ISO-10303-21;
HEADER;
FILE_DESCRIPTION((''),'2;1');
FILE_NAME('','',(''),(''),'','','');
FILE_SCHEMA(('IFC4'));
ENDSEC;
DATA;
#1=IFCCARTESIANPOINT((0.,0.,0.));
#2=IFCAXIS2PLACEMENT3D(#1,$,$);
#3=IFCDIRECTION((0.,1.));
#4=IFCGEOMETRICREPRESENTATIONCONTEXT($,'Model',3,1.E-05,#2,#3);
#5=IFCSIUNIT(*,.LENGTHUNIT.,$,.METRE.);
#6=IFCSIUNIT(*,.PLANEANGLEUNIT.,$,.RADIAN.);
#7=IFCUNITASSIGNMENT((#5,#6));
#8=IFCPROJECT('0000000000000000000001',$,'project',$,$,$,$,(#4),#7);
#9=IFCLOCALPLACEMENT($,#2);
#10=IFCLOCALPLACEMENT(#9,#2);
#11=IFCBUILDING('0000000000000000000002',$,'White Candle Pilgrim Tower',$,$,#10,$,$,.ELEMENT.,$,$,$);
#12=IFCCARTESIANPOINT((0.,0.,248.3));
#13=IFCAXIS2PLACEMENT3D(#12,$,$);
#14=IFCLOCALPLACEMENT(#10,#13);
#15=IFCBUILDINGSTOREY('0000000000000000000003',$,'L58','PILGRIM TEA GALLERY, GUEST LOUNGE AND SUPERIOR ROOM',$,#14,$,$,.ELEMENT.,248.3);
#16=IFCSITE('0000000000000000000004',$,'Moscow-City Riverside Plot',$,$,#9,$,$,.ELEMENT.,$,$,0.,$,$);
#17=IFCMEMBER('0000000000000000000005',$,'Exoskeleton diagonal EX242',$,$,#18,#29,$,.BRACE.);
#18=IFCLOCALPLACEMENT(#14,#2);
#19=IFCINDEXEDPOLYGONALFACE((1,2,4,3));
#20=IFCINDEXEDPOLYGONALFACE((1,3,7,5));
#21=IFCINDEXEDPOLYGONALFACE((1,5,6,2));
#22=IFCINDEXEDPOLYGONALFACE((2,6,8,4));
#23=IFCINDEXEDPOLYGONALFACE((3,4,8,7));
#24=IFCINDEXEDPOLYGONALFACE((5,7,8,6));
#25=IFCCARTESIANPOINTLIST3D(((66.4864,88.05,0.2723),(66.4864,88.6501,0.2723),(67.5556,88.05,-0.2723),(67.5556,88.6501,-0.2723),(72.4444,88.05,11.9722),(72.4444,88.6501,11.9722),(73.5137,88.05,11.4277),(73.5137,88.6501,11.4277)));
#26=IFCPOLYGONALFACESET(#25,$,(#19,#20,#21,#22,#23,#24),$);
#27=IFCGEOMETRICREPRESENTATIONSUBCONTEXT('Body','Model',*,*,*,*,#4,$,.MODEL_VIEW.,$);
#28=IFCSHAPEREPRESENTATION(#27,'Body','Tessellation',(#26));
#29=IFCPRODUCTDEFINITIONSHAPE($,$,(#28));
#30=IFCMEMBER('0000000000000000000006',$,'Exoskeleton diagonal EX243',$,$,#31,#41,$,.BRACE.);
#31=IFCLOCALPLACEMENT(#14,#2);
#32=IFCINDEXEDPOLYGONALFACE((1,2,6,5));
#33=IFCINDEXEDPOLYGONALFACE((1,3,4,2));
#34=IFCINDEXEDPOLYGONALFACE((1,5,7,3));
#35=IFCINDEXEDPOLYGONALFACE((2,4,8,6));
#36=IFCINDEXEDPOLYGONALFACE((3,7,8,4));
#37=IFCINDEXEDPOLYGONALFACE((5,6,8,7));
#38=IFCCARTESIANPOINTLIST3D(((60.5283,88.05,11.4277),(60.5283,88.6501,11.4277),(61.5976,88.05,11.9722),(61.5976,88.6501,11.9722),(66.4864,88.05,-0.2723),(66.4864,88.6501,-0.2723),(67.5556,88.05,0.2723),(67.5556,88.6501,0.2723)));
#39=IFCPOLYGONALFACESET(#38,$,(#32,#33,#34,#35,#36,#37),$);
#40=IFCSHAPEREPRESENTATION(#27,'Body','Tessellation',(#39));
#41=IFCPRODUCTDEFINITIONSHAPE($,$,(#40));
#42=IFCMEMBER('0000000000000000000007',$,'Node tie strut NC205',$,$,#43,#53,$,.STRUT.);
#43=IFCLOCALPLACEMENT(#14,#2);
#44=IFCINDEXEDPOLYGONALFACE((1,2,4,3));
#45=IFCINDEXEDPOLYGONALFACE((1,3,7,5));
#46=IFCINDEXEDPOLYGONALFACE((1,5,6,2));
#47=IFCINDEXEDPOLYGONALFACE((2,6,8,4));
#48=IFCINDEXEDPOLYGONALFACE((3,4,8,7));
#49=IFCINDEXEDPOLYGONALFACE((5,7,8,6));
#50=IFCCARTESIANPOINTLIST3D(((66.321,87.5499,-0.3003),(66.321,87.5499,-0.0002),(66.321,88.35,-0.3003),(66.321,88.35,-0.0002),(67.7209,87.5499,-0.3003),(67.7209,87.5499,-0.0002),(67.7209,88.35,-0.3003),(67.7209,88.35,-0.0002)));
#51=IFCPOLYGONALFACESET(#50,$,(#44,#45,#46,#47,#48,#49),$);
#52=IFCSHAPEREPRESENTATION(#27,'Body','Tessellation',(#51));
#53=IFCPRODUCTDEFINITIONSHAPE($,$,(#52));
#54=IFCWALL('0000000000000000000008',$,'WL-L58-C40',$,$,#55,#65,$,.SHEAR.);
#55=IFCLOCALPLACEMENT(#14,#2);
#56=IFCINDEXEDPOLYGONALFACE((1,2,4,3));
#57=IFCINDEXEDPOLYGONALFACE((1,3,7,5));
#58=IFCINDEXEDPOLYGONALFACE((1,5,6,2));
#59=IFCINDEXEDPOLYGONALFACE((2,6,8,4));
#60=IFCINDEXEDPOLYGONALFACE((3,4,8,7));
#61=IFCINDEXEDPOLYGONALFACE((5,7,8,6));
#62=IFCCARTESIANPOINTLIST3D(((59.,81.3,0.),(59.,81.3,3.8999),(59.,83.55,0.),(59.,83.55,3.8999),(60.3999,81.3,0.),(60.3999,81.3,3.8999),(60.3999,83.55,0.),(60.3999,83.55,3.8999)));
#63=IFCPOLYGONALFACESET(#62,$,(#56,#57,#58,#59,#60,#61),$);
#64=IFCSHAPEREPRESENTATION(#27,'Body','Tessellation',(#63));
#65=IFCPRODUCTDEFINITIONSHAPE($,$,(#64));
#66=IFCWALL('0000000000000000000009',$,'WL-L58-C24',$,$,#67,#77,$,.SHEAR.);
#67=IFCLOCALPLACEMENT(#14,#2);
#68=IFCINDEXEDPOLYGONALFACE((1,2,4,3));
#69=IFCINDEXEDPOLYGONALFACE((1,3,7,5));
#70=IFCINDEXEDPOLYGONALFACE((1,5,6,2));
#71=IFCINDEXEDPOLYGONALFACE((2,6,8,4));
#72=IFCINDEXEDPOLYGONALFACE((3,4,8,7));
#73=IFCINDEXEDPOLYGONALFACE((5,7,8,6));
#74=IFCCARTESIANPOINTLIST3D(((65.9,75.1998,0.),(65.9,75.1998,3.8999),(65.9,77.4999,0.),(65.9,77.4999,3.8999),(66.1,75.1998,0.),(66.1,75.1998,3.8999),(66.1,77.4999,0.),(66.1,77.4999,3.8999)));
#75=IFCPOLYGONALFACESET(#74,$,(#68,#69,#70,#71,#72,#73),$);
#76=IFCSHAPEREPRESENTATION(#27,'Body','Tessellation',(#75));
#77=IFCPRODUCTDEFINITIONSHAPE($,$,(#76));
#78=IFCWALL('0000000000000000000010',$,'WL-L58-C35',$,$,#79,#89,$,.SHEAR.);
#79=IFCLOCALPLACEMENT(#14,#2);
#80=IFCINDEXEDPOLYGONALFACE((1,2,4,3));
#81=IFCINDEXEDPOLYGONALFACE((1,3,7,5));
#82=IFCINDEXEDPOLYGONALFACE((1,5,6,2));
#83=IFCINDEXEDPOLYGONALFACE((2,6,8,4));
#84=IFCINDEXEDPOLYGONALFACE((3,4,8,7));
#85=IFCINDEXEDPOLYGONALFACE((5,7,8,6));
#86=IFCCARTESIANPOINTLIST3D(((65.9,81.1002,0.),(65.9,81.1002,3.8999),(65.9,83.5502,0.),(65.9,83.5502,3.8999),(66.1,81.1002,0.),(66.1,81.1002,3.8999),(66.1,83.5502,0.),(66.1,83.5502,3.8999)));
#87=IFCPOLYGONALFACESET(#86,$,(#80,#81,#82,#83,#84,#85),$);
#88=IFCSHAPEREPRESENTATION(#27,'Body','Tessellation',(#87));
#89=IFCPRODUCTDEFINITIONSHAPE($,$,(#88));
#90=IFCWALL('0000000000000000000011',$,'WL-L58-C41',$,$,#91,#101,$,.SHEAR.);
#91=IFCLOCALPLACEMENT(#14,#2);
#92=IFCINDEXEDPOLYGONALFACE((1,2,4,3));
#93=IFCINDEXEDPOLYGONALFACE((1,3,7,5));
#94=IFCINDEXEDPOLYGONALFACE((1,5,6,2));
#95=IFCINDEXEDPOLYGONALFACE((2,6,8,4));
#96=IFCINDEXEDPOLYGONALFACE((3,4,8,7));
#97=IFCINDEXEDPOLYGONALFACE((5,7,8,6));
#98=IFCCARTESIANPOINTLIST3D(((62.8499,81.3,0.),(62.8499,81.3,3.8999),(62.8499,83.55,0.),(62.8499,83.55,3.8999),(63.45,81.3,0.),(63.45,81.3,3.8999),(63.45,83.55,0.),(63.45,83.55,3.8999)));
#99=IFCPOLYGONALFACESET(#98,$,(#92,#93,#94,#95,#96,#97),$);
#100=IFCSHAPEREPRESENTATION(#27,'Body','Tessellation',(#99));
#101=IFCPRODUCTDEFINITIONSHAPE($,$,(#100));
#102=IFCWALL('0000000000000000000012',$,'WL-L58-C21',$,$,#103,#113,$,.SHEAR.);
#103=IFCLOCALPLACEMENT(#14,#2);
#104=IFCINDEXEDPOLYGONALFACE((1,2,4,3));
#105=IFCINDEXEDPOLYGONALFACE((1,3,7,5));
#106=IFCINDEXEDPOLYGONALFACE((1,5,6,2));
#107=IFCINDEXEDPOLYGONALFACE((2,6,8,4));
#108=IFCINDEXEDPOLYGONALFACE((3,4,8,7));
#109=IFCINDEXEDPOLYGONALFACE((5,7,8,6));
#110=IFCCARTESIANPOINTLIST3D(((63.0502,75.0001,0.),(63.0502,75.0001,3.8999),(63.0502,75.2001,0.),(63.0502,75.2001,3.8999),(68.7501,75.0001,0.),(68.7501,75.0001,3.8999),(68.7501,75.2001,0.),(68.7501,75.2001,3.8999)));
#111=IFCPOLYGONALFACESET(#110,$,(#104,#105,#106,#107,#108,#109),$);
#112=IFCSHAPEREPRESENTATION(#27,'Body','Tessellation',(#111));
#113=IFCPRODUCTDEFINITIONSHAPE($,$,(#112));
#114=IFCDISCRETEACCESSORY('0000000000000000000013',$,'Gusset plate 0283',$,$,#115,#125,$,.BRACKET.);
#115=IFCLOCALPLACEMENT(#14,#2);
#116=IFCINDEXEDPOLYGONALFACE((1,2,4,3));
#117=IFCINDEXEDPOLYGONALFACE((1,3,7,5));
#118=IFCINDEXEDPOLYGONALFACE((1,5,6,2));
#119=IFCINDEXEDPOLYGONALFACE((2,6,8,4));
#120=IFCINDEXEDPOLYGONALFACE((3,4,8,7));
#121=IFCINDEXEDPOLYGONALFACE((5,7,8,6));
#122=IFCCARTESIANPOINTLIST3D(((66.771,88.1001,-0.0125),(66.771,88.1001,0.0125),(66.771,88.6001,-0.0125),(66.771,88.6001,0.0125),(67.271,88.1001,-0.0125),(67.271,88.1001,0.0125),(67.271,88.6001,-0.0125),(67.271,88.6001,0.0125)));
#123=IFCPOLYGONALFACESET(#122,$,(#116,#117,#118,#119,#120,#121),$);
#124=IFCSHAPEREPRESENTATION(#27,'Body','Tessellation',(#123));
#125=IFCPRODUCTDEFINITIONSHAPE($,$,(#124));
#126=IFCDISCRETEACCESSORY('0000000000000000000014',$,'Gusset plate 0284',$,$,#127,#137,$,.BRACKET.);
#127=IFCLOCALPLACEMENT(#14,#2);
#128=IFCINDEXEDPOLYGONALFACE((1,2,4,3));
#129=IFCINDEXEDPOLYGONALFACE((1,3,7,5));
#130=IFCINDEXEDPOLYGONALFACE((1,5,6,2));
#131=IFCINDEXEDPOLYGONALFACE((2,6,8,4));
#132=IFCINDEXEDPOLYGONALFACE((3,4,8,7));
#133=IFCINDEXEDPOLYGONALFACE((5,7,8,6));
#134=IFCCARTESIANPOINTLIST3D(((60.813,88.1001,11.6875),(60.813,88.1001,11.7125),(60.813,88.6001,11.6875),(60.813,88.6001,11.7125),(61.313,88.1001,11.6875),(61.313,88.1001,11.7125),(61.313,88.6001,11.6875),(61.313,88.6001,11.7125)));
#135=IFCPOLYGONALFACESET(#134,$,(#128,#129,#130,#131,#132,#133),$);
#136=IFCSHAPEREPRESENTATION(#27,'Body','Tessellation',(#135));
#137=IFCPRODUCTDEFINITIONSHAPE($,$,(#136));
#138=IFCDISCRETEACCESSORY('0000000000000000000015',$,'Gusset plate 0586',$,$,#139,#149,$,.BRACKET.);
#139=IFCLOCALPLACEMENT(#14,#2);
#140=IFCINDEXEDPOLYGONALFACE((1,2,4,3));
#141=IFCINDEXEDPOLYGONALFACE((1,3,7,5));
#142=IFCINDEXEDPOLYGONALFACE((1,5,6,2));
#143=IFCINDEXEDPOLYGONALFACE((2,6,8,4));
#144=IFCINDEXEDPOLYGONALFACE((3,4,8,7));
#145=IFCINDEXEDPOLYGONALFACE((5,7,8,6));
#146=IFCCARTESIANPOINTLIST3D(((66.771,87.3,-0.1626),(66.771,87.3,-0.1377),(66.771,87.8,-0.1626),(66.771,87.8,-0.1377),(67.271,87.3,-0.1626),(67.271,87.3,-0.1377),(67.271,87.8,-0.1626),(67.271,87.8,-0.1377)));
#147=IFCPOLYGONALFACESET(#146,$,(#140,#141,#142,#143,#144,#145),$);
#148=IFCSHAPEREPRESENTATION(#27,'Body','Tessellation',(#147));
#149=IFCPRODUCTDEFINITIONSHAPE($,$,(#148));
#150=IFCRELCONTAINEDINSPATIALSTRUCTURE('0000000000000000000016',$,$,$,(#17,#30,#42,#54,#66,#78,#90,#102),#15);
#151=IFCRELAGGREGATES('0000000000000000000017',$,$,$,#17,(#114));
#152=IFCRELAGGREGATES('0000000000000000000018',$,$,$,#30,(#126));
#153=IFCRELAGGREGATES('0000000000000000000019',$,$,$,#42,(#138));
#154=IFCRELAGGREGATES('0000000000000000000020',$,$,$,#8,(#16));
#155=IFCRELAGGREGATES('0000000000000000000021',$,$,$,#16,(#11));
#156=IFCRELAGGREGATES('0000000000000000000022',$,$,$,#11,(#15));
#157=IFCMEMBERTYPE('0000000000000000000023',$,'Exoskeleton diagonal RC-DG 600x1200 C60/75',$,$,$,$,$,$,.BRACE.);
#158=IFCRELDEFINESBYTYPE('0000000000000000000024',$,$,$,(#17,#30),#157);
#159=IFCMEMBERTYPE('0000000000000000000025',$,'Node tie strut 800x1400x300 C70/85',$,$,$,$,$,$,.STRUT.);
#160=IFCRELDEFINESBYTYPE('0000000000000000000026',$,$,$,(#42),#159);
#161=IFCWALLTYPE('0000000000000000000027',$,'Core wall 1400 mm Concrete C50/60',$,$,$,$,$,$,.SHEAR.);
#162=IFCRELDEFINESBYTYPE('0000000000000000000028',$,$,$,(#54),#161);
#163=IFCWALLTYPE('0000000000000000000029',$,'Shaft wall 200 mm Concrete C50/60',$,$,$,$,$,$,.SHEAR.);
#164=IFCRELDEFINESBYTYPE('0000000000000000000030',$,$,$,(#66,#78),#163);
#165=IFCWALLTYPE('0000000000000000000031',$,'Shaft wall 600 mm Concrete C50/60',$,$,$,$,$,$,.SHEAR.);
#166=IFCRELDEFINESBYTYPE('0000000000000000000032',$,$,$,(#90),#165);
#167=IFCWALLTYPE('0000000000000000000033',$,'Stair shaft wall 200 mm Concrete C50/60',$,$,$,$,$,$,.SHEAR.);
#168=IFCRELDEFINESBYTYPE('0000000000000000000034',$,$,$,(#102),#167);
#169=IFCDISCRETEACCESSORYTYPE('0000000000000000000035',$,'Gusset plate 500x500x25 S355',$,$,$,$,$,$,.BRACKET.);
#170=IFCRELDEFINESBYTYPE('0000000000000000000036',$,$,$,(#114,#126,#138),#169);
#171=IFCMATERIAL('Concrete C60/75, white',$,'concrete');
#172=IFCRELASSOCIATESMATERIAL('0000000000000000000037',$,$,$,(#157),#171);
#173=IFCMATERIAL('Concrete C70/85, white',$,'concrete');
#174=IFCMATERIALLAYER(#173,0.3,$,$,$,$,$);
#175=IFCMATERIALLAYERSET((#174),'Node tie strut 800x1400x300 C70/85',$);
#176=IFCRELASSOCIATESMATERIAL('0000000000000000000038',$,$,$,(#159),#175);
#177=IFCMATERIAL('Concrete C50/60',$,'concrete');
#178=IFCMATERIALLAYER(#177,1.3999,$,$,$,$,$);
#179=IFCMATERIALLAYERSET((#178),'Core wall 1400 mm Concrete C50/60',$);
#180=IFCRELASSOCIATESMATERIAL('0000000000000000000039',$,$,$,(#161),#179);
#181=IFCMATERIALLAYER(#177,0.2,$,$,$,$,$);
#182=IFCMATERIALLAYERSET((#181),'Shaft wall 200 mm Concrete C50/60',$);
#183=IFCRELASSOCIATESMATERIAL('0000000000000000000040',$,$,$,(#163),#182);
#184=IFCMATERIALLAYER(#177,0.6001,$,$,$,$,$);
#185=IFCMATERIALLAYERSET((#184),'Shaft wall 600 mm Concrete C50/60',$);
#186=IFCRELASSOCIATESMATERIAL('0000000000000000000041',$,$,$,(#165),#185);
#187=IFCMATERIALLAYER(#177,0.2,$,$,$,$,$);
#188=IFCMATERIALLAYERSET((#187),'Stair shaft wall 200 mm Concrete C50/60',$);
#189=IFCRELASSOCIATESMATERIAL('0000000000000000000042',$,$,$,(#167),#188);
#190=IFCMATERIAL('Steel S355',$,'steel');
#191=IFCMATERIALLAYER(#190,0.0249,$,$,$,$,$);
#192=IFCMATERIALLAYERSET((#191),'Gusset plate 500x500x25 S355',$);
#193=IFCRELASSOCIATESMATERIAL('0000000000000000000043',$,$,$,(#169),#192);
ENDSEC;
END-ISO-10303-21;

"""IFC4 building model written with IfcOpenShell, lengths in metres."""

from ifc_helpers import new_model, si_unit, direction, frame, frame_2d, origin, origin_2d, place, context, subcontext, project, spatial, rectangle, extrude, material, layer, layer_set, material_profile, profile_set, type_object, element, aggregate, save


model = new_model("IFC4")

# Units and contexts
model_context = context("Model", 3, precision=1e-05, world=origin(), true_north=direction((0.0, 1.0)))
body_context = subcontext(model_context, "Body", "Model", "MODEL_VIEW")
ifc_project = project(units=[si_unit("LENGTHUNIT", "METRE"), si_unit("PLANEANGLEUNIT", "RADIAN")], contexts=[model_context])

# Site, building, storey
site_placement = place(None, origin())
site = spatial("IfcSite", under=ifc_project, at=site_placement, Name="Moscow-City Riverside Plot", CompositionType="ELEMENT", RefElevation=0.0)
building_placement = place(site_placement, origin())
building = spatial("IfcBuilding", under=site, at=building_placement, Name="White Candle Pilgrim Tower", CompositionType="ELEMENT")
storey_placement = place(building_placement, frame((0.0, 0.0, 248.3)))
storey = spatial("IfcBuildingStorey", under=building, at=storey_placement, Name="L58", Description="PILGRIM TEA GALLERY, GUEST LOUNGE AND SUPERIOR ROOM", CompositionType="ELEMENT", Elevation=248.3)

# Members
ifc_material_1 = material(Name="Concrete C60/75, white", Category="concrete")
ifc_material_profile = material_profile(ifc_material_1, rectangle(XDim=0.6001, YDim=1.2, at=origin_2d()), Name="RC-DG 600x1200")
ifc_profile_set = profile_set([ifc_material_profile], Name="Concrete C60/75, white")
member_type_1 = type_object("IfcMemberType", Name="Exoskeleton diagonal RC-DG 600x1200 C60/75", PredefinedType="BRACE", material=ifc_profile_set)
member_1_placement = place(storey_placement, frame((67.021, 88.3501, 0.0), z_axis=(0.453784, 0.0, 0.891112), x_axis=(0.0, 1.0, 0.0)))
member_1 = element("IfcMember", 1, at=member_1_placement, inside=storey, type_object=member_type_1, Name="Exoskeleton diagonal EX242", PredefinedType="BRACE", context=body_context, shape_type="SweptSolid", body=[
    extrude(rectangle(XDim=0.6001, YDim=1.2, at=origin_2d()), origin(), (0.0, 0.0, 1.0), 13.1296),
])
member_2_placement = place(storey_placement, frame((67.021, 88.3501, 0.0), z_axis=(-0.453784, 0.0, 0.891112), x_axis=(0.0, -1.0, 0.0)))
member_2 = element("IfcMember", 2, at=member_2_placement, inside=storey, type_object=member_type_1, Name="Exoskeleton diagonal EX243", PredefinedType="BRACE", context=body_context, shape_type="SweptSolid", body=[
    extrude(rectangle(XDim=0.6001, YDim=1.2, at=origin_2d()), origin(), (0.0, 0.0, 1.0), 13.1296),
])
ifc_material_2 = material(Name="Concrete C70/85, white", Category="concrete")
ifc_layer_1 = layer(ifc_material_2, 0.3)
ifc_layer_set_1 = layer_set([ifc_layer_1], Name="Node tie strut 800x1400x300 C70/85")
member_type_2 = type_object("IfcMemberType", Name="Node tie strut 800x1400x300 C70/85", PredefinedType="STRUT", material=ifc_layer_set_1)
member_3_placement = place(storey_placement, frame((67.021, 87.95, -0.3003), z_axis=(0.0, 0.0, 1.0), x_axis=(-1.0, 0.0, 0.0)))
member_3 = element("IfcMember", 3, at=member_3_placement, inside=storey, type_object=member_type_2, Name="Node tie strut NC205", PredefinedType="STRUT", context=body_context, shape_type="SweptSolid", body=[
    extrude(rectangle(XDim=1.3999, YDim=0.8, at=origin_2d()), origin(), (0.0, 0.0, 1.0), 0.3),
])

# Walls
ifc_material_3 = material(Name="Concrete C50/60", Category="concrete")
ifc_layer_2 = layer(ifc_material_3, 1.3999)
ifc_layer_set_2 = layer_set([ifc_layer_2], Name="Core wall 1400 mm Concrete C50/60")
wall_type_1 = type_object("IfcWallType", Name="Core wall 1400 mm Concrete C50/60", PredefinedType="SHEAR", material=ifc_layer_set_2)
wall_1_placement = place(storey_placement, frame((59.7, 81.3, 0.0), z_axis=(0.0, 0.0, 1.0), x_axis=(0.0, 1.0, 0.0)))
element("IfcWall", 4, at=wall_1_placement, inside=storey, type_object=wall_type_1, Name="WL-L58-C40", PredefinedType="SHEAR", context=body_context, shape_type="SweptSolid", body=[
    extrude(rectangle(XDim=2.25, YDim=1.3999, at=frame_2d((1.125, 0.0))), origin(), (0.0, 0.0, 1.0), 3.8999),
])
ifc_layer_3 = layer(ifc_material_3, 0.2)
ifc_layer_set_3 = layer_set([ifc_layer_3], Name="Shaft wall 200 mm Concrete C50/60")
wall_type_2 = type_object("IfcWallType", Name="Shaft wall 200 mm Concrete C50/60", PredefinedType="SHEAR", material=ifc_layer_set_3)
wall_2_placement = place(storey_placement, frame((66.0, 75.2, 0.0), z_axis=(0.0, 0.0, 1.0), x_axis=(0.0, 1.0, 0.0)))
element("IfcWall", 5, at=wall_2_placement, inside=storey, type_object=wall_type_2, Name="WL-L58-C24", PredefinedType="SHEAR", context=body_context, shape_type="SweptSolid", body=[
    extrude(rectangle(XDim=2.3, YDim=0.2, at=frame_2d((1.1499, 0.0))), origin(), (0.0, 0.0, 1.0), 3.8999),
])
wall_3_placement = place(storey_placement, frame((66.0, 81.1001, 0.0), z_axis=(0.0, 0.0, 1.0), x_axis=(0.0, 1.0, 0.0)))
element("IfcWall", 6, at=wall_3_placement, inside=storey, type_object=wall_type_2, Name="WL-L58-C35", PredefinedType="SHEAR", context=body_context, shape_type="SweptSolid", body=[
    extrude(rectangle(XDim=2.45, YDim=0.2, at=frame_2d((1.2251, 0.0))), origin(), (0.0, 0.0, 1.0), 3.8999),
])
ifc_layer_4 = layer(ifc_material_3, 0.6001)
ifc_layer_set_4 = layer_set([ifc_layer_4], Name="Shaft wall 600 mm Concrete C50/60")
wall_type_3 = type_object("IfcWallType", Name="Shaft wall 600 mm Concrete C50/60", PredefinedType="SHEAR", material=ifc_layer_set_4)
wall_4_placement = place(storey_placement, frame((63.1499, 81.3, 0.0), z_axis=(0.0, 0.0, 1.0), x_axis=(0.0, 1.0, 0.0)))
element("IfcWall", 7, at=wall_4_placement, inside=storey, type_object=wall_type_3, Name="WL-L58-C41", PredefinedType="SHEAR", context=body_context, shape_type="SweptSolid", body=[
    extrude(rectangle(XDim=2.25, YDim=0.6001, at=frame_2d((1.125, 0.0))), origin(), (0.0, 0.0, 1.0), 3.8999),
])
ifc_layer_5 = layer(ifc_material_3, 0.2)
ifc_layer_set_5 = layer_set([ifc_layer_5], Name="Stair shaft wall 200 mm Concrete C50/60")
wall_type_4 = type_object("IfcWallType", Name="Stair shaft wall 200 mm Concrete C50/60", PredefinedType="SHEAR", material=ifc_layer_set_5)
wall_5_placement = place(storey_placement, frame((63.05, 75.1001, 0.0), z_axis=(0.0, 0.0, 1.0), x_axis=(1.0, 0.0, 0.0)))
element("IfcWall", 8, at=wall_5_placement, inside=storey, type_object=wall_type_4, Name="WL-L58-C21", PredefinedType="SHEAR", context=body_context, shape_type="SweptSolid", body=[
    extrude(rectangle(XDim=5.7, YDim=0.2, at=frame_2d((2.8501, 0.0))), origin(), (0.0, 0.0, 1.0), 3.8999),
])

# Discrete accessories
ifc_material_4 = material(Name="Steel S355", Category="steel")
ifc_layer_6 = layer(ifc_material_4, 0.0249)
ifc_layer_set_6 = layer_set([ifc_layer_6], Name="Gusset plate 500x500x25 S355")
discrete_accessory_type = type_object("IfcDiscreteAccessoryType", Name="Gusset plate 500x500x25 S355", PredefinedType="BRACKET", material=ifc_layer_set_6)
discrete_accessory_1_placement = place(storey_placement, frame((67.021, 88.3501, -0.0125), z_axis=(0.0, 0.0, 1.0), x_axis=(1.0, 0.0, 0.0)))
discrete_accessory_1 = element("IfcDiscreteAccessory", 9, at=discrete_accessory_1_placement, type_object=discrete_accessory_type, Name="Gusset plate 0283", PredefinedType="BRACKET", context=body_context, shape_type="SweptSolid", body=[
    extrude(rectangle(XDim=0.5, YDim=0.5, at=origin_2d()), origin(), (0.0, 0.0, 1.0), 0.0249),
])
aggregate(member_1, [discrete_accessory_1])
placement = place(building_placement, frame((0.0, 0.0, 260.0)))
discrete_accessory_2_placement = place(placement, frame((61.063, 88.3501, -0.0125), z_axis=(0.0, 0.0, 1.0), x_axis=(1.0, 0.0, 0.0)))
discrete_accessory_2 = element("IfcDiscreteAccessory", 10, at=discrete_accessory_2_placement, type_object=discrete_accessory_type, Name="Gusset plate 0284", PredefinedType="BRACKET", context=body_context, shape_type="SweptSolid", body=[
    extrude(rectangle(XDim=0.5, YDim=0.5, at=origin_2d()), origin(), (0.0, 0.0, 1.0), 0.0249),
])
aggregate(member_2, [discrete_accessory_2])
discrete_accessory_3_placement = place(storey_placement, frame((67.021, 87.55, -0.1626), z_axis=(0.0, 0.0, 1.0), x_axis=(1.0, 0.0, 0.0)))
discrete_accessory_3 = element("IfcDiscreteAccessory", 11, at=discrete_accessory_3_placement, type_object=discrete_accessory_type, Name="Gusset plate 0586", PredefinedType="BRACKET", context=body_context, shape_type="SweptSolid", body=[
    extrude(rectangle(XDim=0.5, YDim=0.5, at=origin_2d()), origin(), (0.0, 0.0, 1.0), 0.0249),
])
aggregate(member_3, [discrete_accessory_3])

save(model, "model.ifc")
